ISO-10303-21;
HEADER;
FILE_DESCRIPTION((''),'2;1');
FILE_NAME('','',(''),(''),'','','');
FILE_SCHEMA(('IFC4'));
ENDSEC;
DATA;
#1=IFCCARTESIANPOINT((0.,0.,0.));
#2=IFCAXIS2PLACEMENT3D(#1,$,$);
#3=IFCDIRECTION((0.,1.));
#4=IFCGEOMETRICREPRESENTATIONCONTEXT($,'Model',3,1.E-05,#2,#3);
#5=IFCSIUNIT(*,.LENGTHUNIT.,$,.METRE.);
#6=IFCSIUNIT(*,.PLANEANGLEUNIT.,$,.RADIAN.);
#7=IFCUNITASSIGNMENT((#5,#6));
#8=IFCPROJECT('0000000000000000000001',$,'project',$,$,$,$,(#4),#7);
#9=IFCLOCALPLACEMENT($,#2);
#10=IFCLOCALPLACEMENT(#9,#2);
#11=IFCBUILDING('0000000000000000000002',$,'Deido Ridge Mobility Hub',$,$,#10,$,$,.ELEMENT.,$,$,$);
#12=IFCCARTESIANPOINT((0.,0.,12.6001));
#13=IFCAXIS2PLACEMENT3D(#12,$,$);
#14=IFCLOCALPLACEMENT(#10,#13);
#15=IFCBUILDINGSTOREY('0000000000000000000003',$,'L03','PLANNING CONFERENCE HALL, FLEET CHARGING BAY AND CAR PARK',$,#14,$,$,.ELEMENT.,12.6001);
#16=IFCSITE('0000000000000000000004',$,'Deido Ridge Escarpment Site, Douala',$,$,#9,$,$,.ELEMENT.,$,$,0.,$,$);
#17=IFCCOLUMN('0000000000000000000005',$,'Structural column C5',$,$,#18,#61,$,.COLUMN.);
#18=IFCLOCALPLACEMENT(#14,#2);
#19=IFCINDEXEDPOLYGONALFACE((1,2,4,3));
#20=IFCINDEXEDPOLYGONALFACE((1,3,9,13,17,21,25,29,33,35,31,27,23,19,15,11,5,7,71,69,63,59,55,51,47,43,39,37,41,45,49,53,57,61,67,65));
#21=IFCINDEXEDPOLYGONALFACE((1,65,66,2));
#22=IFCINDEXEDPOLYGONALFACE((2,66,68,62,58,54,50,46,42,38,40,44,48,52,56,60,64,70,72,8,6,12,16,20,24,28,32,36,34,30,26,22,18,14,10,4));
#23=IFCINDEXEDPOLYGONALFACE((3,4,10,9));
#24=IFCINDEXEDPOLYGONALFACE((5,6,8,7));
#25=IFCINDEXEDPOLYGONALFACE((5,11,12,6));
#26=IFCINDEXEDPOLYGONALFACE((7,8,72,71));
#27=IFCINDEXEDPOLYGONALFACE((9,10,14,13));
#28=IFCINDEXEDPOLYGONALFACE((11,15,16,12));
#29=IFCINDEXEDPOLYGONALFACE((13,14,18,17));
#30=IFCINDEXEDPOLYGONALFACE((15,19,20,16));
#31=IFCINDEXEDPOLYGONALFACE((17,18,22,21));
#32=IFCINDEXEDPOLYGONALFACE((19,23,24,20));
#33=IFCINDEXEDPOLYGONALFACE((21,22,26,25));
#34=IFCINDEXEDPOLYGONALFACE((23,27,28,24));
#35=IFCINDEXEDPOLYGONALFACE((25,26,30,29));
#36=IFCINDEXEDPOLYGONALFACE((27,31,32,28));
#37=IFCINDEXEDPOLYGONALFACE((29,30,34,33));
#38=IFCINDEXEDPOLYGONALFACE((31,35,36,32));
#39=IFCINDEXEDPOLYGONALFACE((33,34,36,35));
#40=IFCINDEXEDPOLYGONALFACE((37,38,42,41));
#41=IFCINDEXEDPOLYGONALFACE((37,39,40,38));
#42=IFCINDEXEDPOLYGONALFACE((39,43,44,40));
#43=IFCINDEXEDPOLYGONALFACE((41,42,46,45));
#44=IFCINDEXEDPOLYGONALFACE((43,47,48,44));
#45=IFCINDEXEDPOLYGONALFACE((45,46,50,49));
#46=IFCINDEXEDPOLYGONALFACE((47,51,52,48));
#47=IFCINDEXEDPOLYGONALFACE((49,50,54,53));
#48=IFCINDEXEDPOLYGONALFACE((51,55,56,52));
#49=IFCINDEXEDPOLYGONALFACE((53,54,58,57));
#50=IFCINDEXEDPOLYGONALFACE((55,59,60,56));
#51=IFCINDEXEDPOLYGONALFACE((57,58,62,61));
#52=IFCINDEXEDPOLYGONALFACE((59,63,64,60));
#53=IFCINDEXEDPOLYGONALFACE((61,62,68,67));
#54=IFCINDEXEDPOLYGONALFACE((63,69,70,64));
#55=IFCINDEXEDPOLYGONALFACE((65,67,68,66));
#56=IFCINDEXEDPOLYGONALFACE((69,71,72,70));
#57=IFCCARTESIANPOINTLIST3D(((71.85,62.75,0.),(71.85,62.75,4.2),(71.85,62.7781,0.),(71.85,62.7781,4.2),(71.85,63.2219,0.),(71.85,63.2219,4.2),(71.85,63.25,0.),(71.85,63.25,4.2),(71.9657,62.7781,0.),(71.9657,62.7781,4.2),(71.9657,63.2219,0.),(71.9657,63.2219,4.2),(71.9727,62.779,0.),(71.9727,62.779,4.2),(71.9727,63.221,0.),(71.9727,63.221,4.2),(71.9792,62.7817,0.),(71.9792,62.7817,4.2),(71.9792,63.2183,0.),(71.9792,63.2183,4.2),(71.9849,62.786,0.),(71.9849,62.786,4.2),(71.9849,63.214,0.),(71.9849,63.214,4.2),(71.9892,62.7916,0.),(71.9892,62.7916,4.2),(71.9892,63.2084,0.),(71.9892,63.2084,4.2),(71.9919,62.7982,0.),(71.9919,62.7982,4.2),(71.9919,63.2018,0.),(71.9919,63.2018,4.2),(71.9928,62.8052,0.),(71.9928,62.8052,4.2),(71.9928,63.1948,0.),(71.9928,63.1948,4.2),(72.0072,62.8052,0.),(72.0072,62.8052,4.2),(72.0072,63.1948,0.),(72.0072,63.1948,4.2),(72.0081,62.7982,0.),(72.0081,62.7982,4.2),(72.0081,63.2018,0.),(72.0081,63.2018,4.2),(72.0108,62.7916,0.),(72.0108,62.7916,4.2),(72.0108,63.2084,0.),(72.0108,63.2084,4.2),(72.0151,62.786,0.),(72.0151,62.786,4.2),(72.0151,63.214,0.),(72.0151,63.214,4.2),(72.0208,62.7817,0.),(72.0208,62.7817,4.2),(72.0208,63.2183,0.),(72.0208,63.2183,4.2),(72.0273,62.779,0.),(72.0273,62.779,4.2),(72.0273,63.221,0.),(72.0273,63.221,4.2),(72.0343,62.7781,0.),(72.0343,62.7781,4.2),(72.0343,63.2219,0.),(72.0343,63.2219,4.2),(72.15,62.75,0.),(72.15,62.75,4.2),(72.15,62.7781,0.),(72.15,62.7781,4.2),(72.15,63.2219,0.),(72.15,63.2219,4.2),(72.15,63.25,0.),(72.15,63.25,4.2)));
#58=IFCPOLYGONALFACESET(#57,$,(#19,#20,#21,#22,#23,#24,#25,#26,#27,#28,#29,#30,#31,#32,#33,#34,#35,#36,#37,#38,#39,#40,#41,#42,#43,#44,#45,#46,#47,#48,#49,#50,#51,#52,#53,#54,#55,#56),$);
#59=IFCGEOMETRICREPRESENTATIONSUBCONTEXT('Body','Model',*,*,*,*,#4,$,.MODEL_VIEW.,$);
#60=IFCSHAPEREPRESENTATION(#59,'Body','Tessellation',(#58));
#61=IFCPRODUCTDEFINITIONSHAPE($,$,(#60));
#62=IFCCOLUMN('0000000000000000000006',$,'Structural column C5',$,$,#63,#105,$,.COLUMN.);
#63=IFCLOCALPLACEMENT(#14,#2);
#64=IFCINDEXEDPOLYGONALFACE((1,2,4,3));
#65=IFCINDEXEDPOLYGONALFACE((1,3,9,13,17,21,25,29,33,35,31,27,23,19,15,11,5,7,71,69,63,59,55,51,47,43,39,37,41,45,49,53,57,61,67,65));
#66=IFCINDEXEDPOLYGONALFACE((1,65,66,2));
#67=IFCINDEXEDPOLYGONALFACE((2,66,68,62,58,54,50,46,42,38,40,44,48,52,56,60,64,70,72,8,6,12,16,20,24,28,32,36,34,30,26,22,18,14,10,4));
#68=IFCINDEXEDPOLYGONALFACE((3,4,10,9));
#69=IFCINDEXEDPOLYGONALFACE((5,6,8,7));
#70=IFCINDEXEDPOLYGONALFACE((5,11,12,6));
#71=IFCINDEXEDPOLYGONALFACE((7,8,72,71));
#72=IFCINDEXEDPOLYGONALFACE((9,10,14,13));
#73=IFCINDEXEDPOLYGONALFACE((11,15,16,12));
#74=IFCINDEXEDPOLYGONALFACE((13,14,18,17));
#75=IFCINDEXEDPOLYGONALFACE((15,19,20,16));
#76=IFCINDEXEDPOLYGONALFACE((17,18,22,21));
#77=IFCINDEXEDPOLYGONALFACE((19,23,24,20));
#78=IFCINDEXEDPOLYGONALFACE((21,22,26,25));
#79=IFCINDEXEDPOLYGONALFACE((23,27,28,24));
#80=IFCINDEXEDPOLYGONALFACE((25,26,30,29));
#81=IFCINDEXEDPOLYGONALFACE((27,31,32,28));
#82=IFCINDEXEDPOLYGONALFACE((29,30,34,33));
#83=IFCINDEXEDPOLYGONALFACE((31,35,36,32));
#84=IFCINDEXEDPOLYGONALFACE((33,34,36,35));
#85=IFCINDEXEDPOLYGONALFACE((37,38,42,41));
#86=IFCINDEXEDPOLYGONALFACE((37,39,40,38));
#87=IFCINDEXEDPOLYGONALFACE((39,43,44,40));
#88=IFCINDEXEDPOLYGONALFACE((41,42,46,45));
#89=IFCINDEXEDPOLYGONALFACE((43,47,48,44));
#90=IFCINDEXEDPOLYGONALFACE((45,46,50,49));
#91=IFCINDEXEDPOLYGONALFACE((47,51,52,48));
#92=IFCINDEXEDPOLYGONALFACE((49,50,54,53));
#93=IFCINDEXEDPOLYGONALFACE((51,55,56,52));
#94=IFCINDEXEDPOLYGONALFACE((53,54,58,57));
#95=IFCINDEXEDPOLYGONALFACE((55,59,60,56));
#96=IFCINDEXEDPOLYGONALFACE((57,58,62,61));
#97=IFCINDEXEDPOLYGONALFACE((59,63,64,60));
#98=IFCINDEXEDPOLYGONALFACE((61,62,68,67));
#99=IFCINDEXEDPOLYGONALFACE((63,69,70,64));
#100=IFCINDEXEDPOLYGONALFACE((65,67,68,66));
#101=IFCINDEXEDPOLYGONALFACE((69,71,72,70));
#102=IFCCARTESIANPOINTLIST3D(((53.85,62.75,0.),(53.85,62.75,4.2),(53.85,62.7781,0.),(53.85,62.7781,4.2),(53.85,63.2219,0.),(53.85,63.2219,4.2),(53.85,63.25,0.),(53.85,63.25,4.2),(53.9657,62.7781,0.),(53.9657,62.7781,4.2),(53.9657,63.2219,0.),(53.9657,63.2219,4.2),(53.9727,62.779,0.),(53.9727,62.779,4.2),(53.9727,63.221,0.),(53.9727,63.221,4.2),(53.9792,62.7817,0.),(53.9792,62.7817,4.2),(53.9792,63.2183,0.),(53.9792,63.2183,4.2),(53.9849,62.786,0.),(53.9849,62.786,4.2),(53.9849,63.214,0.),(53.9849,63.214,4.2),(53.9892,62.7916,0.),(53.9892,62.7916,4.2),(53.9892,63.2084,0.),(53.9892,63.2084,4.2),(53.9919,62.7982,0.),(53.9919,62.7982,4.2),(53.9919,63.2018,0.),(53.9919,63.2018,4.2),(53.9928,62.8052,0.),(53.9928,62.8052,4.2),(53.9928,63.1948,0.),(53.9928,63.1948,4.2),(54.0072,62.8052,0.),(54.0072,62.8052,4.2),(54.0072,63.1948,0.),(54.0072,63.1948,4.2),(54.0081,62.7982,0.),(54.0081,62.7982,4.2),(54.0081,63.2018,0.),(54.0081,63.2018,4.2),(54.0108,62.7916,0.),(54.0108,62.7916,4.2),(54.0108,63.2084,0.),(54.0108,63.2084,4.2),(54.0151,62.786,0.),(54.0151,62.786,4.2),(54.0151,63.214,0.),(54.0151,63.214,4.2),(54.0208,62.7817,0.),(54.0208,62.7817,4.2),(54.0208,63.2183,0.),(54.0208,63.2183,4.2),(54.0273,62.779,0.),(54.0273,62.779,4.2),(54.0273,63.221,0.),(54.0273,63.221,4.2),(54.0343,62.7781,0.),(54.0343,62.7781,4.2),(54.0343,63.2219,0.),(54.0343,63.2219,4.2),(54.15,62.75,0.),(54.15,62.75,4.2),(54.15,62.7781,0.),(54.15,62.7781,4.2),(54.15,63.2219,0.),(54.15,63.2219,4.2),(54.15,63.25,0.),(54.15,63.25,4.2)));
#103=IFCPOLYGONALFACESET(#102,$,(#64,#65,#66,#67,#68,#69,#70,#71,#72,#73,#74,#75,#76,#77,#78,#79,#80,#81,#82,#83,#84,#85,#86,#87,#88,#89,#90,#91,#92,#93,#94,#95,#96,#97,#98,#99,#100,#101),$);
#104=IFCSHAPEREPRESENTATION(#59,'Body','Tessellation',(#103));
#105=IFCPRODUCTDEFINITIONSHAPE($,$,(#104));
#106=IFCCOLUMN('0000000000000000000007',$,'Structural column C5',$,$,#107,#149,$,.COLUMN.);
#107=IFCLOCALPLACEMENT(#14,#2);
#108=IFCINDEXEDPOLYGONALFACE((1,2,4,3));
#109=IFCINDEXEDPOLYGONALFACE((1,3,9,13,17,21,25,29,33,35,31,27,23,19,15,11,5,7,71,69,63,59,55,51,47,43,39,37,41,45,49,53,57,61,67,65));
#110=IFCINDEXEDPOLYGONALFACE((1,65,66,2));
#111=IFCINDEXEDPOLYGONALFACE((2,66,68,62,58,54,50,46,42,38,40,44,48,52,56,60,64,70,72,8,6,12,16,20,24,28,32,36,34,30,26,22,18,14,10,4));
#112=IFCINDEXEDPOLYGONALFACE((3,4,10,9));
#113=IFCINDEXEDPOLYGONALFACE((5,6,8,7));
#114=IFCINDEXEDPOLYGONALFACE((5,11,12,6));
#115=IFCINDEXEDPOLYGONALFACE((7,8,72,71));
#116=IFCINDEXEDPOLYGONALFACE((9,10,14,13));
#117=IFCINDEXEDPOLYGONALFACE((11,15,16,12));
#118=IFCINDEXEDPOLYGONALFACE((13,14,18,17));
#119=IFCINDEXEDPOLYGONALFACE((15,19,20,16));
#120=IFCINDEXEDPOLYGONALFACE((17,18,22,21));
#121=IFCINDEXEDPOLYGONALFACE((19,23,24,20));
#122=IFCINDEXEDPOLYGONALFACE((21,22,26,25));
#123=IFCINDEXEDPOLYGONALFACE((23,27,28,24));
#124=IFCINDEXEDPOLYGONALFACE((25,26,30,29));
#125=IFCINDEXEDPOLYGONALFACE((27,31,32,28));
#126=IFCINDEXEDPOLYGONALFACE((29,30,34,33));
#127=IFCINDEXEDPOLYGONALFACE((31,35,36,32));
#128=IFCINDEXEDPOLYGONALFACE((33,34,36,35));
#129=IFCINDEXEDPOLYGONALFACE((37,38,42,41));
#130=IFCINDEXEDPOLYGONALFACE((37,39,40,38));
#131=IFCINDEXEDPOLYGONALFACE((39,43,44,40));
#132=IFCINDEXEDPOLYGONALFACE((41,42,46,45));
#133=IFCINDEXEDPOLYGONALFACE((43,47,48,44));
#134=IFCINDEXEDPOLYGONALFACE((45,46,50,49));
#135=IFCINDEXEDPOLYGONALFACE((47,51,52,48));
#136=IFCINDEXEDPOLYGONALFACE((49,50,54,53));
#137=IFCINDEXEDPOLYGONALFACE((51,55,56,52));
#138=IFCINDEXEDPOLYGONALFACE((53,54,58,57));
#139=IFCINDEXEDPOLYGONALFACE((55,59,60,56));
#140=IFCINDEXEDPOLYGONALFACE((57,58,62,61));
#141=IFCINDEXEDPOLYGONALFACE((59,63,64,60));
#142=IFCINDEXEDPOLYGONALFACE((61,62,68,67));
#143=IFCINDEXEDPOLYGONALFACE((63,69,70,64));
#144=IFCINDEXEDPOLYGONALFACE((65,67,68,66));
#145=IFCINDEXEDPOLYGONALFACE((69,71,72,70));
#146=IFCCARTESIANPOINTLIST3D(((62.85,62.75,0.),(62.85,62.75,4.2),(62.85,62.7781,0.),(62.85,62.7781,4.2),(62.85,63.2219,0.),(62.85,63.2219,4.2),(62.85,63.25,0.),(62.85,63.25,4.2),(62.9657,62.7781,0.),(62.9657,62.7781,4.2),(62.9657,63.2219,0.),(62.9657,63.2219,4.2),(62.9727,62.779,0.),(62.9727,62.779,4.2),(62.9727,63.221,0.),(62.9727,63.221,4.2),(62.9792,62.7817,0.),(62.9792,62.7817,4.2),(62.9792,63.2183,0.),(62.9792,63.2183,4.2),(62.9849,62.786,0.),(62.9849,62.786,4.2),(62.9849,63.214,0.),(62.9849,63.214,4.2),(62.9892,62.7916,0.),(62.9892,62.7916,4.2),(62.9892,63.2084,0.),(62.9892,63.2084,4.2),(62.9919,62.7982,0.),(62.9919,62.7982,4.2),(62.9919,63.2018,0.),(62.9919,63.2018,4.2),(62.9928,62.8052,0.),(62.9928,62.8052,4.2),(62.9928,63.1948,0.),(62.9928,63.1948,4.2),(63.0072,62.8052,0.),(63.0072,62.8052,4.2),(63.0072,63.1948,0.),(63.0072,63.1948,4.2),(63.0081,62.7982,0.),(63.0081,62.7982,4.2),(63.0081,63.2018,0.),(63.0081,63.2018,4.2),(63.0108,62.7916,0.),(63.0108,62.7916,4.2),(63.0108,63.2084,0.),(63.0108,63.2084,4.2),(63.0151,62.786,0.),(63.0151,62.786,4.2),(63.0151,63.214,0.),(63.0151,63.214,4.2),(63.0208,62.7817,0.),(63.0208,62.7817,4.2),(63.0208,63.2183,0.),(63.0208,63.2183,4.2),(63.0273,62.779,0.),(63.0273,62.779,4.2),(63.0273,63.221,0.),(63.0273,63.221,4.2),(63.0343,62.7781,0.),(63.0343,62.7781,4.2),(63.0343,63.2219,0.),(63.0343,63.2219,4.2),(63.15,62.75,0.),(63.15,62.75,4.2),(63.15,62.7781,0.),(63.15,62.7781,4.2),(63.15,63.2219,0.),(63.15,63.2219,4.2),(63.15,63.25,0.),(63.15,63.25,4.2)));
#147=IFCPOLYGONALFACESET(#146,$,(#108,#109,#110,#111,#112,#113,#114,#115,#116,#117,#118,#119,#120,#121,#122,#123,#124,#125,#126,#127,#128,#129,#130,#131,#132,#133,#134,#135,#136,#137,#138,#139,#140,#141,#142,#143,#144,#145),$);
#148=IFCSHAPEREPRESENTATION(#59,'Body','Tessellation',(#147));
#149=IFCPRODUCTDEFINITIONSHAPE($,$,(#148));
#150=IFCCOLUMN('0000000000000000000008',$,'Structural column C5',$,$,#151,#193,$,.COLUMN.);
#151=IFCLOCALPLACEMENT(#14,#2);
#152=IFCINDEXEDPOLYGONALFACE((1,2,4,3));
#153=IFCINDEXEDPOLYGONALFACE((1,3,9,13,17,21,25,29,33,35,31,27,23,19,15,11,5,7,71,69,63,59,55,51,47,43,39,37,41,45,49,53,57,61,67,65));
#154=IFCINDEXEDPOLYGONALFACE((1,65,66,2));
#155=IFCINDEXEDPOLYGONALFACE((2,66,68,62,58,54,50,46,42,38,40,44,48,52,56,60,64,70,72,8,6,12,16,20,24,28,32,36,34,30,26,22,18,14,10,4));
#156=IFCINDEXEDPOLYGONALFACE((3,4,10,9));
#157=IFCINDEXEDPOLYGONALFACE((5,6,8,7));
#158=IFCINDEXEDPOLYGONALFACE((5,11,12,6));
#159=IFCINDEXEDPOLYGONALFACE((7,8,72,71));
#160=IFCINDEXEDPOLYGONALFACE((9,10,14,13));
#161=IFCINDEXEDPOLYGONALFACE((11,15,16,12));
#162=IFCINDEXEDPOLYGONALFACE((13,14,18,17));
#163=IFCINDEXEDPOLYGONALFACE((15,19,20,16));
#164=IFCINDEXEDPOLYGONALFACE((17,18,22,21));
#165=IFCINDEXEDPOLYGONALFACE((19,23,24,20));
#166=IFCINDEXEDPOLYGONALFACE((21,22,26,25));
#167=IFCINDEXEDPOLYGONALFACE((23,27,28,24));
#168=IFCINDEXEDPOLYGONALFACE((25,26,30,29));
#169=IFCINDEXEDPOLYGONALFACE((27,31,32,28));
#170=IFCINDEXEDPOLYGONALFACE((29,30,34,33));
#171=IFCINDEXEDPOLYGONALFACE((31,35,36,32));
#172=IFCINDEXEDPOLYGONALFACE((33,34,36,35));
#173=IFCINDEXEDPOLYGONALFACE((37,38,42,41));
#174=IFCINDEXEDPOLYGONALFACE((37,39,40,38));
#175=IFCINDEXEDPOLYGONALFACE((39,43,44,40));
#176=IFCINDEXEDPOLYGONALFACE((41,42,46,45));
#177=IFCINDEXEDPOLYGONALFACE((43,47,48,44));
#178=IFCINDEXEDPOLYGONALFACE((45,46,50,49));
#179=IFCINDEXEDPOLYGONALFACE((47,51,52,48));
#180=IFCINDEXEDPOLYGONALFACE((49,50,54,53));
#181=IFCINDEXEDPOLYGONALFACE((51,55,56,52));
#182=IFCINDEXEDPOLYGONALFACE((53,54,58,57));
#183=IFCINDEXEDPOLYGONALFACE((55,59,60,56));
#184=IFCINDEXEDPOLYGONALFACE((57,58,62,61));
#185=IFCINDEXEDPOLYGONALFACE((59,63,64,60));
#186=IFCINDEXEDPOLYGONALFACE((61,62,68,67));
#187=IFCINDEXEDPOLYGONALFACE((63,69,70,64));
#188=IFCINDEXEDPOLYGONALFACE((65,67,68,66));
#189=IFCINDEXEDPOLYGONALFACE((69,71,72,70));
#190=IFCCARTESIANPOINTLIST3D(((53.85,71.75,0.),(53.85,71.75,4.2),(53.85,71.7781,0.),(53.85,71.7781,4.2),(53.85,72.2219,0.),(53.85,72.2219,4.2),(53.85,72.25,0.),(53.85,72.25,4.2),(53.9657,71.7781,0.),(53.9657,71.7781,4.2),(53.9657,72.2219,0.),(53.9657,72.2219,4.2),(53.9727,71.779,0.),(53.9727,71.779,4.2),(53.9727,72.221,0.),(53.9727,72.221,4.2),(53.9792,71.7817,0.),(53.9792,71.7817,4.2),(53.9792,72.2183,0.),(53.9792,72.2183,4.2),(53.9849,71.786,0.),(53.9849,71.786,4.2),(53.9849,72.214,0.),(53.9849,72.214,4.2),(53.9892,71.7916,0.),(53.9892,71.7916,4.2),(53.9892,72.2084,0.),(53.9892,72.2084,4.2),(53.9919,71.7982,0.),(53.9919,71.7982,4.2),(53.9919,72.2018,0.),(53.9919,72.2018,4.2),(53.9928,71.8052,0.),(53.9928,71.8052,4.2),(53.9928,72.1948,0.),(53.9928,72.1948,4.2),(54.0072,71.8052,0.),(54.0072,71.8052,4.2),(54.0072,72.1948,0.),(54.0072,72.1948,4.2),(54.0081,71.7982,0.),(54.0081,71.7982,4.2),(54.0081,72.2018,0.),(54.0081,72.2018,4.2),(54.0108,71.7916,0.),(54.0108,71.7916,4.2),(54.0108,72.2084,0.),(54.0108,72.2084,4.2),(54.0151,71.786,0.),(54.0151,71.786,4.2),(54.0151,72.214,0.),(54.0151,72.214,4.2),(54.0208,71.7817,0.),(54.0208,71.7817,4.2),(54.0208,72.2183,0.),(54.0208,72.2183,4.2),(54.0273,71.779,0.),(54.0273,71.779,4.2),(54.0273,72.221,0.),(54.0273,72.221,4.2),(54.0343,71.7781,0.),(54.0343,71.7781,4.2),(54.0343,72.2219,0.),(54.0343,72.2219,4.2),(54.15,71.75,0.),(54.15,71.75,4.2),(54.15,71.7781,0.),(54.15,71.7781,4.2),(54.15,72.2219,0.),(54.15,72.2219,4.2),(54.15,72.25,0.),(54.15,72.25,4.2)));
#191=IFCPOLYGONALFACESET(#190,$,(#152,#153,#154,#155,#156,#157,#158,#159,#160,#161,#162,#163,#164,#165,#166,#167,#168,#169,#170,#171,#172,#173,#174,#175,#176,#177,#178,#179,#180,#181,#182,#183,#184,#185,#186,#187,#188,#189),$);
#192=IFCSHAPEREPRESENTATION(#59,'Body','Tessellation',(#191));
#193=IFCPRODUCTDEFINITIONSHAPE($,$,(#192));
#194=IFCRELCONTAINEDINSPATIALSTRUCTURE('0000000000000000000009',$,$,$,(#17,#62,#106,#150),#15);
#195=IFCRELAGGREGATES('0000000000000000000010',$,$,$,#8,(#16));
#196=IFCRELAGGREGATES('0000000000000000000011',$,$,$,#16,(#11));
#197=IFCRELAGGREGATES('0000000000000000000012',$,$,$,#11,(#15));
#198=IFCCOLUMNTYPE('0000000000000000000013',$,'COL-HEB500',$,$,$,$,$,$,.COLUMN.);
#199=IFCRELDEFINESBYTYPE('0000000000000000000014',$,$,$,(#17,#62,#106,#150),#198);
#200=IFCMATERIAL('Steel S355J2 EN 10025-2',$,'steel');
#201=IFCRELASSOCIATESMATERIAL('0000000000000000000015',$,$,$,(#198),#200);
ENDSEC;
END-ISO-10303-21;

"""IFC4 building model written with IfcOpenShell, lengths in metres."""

from ifc_helpers import new_model, si_unit, direction, frame, origin, origin_2d, place, context, subcontext, project, spatial, i_section, extrude, material, material_profile, profile_set, type_object, element, save


model = new_model("IFC4")

# Units and contexts
model_context = context("Model", 3, precision=1e-05, world=origin(), true_north=direction((0.0, 1.0)))
body_context = subcontext(model_context, "Body", "Model", "MODEL_VIEW")
ifc_project = project(units=[si_unit("LENGTHUNIT", "METRE"), si_unit("PLANEANGLEUNIT", "RADIAN")], contexts=[model_context])

# Site, building, storey
site_placement = place(None, origin())
site = spatial("IfcSite", under=ifc_project, at=site_placement, Name="Deido Ridge Escarpment Site, Douala", CompositionType="ELEMENT", RefElevation=0.0)
building_placement = place(site_placement, origin())
building = spatial("IfcBuilding", under=site, at=building_placement, Name="Deido Ridge Mobility Hub", CompositionType="ELEMENT")
storey_placement = place(building_placement, frame((0.0, 0.0, 12.6001)))
storey = spatial("IfcBuildingStorey", under=building, at=storey_placement, Name="L03", Description="PLANNING CONFERENCE HALL, FLEET CHARGING BAY AND CAR PARK", CompositionType="ELEMENT", Elevation=12.6001)

# Columns
ifc_material_1 = material(Name="Steel S355J2 EN 10025-2", Category="steel")
ifc_material_profile_1 = material_profile(ifc_material_1, i_section(OverallWidth=0.3, OverallDepth=0.5, WebThickness=0.0144, FlangeThickness=0.0281, FilletRadius=0.0271, at=origin_2d()), Name="HEB 500")
ifc_profile_set_1 = profile_set([ifc_material_profile_1], Name="Steel S355J2 EN 10025-2")
column_type = type_object("IfcColumnType", Name="COL-HEB500", PredefinedType="COLUMN", material=ifc_profile_set_1)
for number, where, z_axis, x_axis, name in (
    (1, (72.0, 63.0, 0.0), (0.0, 0.0, 1.0), (1.0, 0.0, 0.0), "Structural column C5"),
    (2, (54.0, 63.0, 0.0), (0.0, 0.0, 1.0), (1.0, 0.0, 0.0), "Structural column C5"),
    (3, (63.0, 63.0, 0.0), (0.0, 0.0, 1.0), (1.0, 0.0, 0.0), "Structural column C5"),
    (4, (54.0, 72.0, 0.0), (0.0, 0.0, 1.0), (1.0, 0.0, 0.0), "Structural column C5"),
):
    element("IfcColumn", number, at=place(storey_placement, frame(where, z_axis=z_axis, x_axis=x_axis)), inside=storey, type_object=column_type, Name=name, PredefinedType="COLUMN", context=body_context, shape_type="SweptSolid", body=[
        extrude(i_section(OverallWidth=0.3, OverallDepth=0.5, WebThickness=0.0144, FlangeThickness=0.0281, FilletRadius=0.0271, at=origin_2d()), origin(), (0.0, 0.0, 1.0), 4.2),
    ])

save(model, "model.ifc")
